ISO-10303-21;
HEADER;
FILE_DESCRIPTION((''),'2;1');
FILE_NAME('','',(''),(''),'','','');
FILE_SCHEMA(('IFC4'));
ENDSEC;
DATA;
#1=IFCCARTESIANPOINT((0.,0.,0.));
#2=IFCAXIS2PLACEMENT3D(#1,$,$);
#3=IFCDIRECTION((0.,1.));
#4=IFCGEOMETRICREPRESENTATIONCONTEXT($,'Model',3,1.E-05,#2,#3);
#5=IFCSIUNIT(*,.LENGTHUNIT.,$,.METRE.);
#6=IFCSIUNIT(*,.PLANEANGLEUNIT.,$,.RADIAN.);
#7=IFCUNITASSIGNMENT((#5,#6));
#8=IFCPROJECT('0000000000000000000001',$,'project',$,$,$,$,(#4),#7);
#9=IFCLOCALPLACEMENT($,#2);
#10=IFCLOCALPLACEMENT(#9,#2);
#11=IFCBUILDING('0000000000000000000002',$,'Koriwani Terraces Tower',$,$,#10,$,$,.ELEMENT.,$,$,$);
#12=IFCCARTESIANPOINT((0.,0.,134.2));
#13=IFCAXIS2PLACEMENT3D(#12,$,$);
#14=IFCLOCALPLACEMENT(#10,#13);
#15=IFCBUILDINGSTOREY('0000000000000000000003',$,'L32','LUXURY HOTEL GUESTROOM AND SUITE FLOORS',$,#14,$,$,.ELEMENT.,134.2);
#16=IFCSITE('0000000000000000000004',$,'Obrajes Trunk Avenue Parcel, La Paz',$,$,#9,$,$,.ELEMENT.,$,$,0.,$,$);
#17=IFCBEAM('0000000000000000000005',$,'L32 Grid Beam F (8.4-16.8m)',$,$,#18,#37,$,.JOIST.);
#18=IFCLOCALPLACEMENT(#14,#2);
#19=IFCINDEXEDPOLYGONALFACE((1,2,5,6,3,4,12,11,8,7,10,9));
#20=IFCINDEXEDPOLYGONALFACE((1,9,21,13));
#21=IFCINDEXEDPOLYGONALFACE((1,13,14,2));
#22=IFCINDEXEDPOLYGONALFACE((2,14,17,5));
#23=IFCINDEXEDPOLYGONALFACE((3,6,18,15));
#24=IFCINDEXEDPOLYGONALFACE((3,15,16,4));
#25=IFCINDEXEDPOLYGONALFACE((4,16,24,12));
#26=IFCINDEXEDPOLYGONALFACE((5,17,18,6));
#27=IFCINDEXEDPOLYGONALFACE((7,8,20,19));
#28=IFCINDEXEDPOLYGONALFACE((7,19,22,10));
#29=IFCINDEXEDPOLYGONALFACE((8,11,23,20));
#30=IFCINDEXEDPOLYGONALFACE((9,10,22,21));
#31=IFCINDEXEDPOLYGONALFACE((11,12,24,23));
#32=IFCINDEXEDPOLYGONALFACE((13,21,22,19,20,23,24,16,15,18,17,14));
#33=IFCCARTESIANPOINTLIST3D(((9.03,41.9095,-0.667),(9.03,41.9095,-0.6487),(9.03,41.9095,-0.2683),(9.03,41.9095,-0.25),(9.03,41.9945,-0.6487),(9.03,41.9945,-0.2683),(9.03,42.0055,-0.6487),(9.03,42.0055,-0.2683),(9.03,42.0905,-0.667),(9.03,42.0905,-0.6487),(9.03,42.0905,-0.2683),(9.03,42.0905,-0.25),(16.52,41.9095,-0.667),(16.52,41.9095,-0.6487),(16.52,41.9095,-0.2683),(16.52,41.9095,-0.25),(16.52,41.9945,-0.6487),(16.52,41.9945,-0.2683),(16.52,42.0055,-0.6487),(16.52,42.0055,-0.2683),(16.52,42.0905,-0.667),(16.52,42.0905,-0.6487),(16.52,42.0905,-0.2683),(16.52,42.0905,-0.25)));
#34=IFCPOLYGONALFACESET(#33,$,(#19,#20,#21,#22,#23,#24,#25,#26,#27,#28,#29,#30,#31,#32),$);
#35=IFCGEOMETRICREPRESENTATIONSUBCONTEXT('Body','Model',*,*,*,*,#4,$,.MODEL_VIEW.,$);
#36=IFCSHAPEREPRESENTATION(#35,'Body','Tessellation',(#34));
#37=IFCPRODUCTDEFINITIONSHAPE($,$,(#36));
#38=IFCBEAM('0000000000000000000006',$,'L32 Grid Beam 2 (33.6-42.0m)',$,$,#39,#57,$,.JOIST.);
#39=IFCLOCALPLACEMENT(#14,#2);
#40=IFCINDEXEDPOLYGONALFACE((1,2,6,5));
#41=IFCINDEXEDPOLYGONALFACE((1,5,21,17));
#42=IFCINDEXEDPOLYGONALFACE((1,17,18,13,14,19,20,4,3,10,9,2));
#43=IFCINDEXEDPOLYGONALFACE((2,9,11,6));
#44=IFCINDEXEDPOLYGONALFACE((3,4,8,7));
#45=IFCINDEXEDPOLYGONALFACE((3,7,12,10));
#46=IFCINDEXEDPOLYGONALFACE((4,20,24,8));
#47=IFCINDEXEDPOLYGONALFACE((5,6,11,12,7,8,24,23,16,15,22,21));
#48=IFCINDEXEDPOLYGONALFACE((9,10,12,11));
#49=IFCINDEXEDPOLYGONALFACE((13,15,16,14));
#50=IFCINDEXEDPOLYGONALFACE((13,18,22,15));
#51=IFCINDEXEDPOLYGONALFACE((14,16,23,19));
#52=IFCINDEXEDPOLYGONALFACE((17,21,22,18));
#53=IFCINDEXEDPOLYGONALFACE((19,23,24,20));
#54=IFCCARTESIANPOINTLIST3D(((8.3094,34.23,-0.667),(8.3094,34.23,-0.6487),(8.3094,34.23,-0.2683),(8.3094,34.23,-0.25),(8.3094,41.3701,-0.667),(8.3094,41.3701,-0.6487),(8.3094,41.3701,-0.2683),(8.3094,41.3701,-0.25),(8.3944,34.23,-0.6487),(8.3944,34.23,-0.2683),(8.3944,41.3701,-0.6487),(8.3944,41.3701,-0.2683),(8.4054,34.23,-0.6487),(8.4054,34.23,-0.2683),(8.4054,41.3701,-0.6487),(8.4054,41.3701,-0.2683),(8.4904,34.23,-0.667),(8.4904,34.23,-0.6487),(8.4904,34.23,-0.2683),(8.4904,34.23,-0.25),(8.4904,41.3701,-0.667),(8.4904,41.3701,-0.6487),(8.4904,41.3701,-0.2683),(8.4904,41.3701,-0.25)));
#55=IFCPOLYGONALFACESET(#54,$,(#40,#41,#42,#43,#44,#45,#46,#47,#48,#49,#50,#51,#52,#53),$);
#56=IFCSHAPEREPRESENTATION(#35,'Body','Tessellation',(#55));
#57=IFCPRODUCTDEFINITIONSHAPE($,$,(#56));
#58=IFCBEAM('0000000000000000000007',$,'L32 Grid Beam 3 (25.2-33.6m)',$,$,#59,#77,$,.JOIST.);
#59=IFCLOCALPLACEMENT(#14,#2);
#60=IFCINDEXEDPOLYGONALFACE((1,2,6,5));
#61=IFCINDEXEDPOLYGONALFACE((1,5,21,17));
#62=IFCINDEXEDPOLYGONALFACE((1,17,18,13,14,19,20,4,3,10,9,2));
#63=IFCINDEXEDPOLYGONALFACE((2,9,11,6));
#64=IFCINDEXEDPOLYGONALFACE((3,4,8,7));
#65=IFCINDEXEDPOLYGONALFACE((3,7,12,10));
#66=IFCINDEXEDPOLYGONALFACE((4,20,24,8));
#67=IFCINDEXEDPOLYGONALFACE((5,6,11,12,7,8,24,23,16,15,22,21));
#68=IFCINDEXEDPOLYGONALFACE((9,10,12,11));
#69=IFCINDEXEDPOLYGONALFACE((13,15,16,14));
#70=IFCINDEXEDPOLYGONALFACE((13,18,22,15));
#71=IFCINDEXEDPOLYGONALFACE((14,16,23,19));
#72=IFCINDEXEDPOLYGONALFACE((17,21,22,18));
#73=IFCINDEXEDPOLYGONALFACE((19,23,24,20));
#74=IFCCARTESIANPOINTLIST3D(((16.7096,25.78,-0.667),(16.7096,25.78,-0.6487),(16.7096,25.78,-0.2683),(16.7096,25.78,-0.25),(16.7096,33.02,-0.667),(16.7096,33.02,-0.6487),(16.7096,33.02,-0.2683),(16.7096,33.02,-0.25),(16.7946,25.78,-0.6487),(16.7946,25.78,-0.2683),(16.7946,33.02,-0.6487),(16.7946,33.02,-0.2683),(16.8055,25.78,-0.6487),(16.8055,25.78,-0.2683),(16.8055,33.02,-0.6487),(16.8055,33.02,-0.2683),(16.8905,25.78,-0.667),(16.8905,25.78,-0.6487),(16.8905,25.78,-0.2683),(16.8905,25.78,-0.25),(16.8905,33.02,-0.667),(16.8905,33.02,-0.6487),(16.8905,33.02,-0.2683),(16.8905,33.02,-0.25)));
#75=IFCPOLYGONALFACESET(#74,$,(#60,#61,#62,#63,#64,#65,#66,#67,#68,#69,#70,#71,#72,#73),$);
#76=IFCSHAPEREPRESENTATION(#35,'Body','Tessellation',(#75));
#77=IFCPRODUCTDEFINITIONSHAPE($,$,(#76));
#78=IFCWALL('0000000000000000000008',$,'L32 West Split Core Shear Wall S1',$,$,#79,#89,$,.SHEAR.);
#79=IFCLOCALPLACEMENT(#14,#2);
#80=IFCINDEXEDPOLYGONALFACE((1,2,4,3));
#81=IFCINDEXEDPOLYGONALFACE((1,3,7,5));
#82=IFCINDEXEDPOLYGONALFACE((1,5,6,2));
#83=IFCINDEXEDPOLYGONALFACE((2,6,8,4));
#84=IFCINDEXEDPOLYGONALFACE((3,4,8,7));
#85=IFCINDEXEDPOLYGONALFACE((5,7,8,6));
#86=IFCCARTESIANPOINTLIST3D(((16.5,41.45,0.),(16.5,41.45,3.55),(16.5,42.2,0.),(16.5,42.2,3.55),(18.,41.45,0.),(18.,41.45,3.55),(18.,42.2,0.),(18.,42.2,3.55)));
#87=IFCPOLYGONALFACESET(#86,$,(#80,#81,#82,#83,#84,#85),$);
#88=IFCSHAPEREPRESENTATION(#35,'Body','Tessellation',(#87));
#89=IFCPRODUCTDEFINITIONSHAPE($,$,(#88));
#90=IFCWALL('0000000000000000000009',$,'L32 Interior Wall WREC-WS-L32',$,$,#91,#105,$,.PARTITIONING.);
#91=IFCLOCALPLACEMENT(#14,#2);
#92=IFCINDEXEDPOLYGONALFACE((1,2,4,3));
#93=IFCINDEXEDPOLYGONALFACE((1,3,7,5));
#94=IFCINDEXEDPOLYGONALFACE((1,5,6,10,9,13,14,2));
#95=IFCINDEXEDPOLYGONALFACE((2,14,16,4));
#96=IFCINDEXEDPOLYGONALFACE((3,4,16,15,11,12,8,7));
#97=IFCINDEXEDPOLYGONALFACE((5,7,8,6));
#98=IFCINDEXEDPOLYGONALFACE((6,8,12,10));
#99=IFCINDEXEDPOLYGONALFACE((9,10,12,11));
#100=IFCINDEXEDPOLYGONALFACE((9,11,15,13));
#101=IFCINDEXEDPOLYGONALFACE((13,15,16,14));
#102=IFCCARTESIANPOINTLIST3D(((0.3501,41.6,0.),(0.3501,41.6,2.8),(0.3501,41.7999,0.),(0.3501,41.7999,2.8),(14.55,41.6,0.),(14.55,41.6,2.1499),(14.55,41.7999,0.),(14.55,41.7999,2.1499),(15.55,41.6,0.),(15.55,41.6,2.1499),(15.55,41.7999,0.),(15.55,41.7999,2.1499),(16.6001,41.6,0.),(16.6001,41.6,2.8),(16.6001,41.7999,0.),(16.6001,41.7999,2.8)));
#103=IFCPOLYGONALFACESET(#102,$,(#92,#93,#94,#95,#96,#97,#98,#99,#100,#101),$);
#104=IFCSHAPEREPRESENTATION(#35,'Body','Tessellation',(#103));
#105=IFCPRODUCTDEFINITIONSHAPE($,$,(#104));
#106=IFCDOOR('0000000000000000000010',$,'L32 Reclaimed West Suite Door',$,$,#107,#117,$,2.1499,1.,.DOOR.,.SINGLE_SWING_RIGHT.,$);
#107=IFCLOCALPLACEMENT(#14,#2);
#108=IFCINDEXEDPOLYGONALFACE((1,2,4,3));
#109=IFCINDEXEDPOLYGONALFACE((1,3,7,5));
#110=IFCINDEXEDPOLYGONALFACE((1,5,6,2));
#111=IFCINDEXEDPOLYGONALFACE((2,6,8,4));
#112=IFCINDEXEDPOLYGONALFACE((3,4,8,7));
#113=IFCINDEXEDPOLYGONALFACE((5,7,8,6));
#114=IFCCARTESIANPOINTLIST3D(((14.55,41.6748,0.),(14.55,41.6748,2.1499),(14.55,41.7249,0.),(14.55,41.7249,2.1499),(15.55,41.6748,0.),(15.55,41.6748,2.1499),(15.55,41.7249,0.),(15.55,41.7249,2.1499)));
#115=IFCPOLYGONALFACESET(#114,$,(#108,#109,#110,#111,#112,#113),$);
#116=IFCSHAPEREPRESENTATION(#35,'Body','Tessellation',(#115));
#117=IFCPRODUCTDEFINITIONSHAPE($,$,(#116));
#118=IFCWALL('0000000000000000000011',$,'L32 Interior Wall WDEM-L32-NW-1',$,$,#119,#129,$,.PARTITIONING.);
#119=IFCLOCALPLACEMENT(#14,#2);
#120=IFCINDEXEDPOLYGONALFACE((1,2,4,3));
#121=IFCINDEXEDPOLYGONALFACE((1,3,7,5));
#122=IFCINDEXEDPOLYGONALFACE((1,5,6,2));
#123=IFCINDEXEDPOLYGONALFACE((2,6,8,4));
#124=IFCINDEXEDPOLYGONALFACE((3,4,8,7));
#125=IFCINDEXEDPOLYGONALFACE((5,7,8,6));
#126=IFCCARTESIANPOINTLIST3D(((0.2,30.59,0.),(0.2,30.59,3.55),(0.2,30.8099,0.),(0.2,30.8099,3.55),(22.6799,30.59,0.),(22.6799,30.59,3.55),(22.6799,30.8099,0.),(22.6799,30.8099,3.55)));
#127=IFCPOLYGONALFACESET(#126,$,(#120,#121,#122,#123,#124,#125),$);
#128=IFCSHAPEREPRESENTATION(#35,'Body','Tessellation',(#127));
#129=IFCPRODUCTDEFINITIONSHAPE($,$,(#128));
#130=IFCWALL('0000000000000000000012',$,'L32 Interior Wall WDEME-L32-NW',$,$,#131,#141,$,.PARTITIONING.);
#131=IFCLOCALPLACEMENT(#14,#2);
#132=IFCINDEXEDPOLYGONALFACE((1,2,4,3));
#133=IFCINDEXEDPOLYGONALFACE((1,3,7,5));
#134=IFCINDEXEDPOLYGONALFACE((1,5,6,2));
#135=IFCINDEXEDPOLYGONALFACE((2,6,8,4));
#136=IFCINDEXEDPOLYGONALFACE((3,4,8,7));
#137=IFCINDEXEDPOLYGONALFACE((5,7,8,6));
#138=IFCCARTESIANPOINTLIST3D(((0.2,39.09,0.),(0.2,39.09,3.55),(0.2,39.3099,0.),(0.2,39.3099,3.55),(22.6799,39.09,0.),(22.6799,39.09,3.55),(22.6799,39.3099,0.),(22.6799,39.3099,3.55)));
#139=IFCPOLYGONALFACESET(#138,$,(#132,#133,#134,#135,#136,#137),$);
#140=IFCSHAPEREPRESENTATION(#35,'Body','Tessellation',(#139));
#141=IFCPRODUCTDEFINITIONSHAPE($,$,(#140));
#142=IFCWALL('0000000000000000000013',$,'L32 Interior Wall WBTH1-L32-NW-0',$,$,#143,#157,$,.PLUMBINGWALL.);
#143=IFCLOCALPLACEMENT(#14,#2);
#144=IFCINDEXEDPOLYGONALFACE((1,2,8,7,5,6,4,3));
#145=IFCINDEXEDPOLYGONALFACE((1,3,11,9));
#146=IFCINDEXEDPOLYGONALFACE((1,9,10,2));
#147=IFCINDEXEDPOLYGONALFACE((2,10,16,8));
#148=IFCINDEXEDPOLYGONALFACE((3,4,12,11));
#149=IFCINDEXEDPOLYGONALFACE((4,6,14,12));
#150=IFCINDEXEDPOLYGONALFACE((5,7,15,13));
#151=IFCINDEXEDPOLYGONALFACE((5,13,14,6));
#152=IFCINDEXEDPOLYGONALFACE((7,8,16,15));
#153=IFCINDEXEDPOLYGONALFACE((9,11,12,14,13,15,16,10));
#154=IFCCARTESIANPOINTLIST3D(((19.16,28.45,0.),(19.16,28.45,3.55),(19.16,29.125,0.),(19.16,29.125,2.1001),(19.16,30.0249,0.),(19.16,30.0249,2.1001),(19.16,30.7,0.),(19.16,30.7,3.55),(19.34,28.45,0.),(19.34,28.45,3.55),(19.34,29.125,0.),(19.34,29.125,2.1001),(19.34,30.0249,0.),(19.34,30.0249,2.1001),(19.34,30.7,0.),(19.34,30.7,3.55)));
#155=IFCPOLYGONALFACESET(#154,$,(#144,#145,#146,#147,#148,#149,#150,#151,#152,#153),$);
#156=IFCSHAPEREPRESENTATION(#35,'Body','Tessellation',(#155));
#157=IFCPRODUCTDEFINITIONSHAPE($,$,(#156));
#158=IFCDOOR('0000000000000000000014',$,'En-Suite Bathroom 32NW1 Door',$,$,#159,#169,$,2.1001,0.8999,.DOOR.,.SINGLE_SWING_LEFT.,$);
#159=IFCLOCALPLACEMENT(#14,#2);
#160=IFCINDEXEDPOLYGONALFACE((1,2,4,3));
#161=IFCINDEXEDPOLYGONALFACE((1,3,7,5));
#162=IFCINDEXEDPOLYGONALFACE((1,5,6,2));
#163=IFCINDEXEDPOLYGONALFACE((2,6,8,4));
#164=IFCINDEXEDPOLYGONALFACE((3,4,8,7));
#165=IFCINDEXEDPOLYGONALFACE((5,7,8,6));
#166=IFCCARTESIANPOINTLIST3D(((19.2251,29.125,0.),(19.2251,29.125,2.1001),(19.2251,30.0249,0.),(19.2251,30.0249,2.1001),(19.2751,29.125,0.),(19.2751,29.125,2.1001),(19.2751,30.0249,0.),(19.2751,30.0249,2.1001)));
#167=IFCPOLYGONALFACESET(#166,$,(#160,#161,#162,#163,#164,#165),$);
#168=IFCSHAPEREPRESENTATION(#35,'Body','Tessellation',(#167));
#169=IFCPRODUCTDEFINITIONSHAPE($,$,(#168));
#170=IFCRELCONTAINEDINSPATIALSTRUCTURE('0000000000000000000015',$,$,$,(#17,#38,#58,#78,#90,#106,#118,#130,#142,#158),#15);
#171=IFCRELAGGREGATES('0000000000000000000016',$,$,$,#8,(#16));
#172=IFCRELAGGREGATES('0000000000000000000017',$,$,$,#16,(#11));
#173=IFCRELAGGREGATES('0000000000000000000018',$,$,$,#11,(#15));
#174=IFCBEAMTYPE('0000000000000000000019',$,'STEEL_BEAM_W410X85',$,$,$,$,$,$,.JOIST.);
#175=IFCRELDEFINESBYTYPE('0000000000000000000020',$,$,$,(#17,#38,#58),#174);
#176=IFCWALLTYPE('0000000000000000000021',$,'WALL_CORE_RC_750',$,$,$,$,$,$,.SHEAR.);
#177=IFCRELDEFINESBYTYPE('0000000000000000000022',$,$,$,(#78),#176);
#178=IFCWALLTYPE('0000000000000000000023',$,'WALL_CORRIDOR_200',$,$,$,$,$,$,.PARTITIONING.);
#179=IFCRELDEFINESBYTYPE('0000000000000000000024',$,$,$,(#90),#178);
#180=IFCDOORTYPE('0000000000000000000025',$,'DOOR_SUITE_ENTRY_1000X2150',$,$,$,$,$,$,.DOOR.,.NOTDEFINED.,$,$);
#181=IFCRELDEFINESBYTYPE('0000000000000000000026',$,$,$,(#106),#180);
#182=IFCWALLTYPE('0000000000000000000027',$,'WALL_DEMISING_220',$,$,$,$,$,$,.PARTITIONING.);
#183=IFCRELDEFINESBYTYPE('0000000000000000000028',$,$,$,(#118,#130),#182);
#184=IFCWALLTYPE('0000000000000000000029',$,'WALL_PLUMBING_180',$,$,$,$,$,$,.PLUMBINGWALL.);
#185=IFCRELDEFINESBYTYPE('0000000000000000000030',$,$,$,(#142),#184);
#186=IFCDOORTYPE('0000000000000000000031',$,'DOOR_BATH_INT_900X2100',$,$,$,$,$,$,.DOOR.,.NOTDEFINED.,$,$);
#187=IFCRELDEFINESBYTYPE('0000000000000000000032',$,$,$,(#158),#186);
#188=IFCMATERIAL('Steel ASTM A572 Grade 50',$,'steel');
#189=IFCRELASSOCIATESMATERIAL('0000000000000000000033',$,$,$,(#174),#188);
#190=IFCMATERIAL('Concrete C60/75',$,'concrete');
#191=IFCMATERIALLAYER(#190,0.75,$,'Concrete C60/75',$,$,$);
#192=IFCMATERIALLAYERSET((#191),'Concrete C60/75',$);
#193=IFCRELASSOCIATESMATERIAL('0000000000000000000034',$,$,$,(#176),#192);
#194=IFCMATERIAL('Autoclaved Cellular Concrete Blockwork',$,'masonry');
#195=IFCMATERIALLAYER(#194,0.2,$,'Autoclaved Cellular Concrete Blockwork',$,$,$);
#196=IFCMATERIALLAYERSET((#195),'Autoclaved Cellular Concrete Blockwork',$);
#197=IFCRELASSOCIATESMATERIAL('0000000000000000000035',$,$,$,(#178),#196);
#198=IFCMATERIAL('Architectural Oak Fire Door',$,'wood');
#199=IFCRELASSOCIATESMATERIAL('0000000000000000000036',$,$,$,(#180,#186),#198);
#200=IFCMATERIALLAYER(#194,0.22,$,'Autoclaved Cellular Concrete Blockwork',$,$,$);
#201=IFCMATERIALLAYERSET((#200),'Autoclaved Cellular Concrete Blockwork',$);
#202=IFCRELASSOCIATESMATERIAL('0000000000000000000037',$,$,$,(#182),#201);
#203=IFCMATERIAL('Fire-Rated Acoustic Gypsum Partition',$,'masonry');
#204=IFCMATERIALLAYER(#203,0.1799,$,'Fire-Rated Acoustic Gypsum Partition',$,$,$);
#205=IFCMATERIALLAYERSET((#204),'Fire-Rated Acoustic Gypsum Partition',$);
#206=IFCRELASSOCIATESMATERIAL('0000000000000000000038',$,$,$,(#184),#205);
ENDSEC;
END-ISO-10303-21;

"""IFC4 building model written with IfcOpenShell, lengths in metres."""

from ifc_helpers import new_model, si_unit, direction, frame, frame_2d, origin, origin_2d, place, context, subcontext, project, spatial, rectangle, i_section, extrude, material, layer, layer_set, material_profile, profile_set, type_object, element, fill, save


model = new_model("IFC4")

# Units and contexts
model_context = context("Model", 3, precision=1e-05, world=origin(), true_north=direction((0.0, 1.0)))
body_context = subcontext(model_context, "Body", "Model", "MODEL_VIEW")
ifc_project = project(units=[si_unit("LENGTHUNIT", "METRE"), si_unit("PLANEANGLEUNIT", "RADIAN")], contexts=[model_context])

# Site, building, storey
site_placement = place(None, origin())
site = spatial("IfcSite", under=ifc_project, at=site_placement, Name="Obrajes Trunk Avenue Parcel, La Paz", CompositionType="ELEMENT", RefElevation=0.0)
building_placement = place(site_placement, origin())
building = spatial("IfcBuilding", under=site, at=building_placement, Name="Koriwani Terraces Tower", CompositionType="ELEMENT")
storey_placement = place(building_placement, frame((0.0, 0.0, 134.2)))
storey = spatial("IfcBuildingStorey", under=building, at=storey_placement, Name="L32", Description="LUXURY HOTEL GUESTROOM AND SUITE FLOORS", CompositionType="ELEMENT", Elevation=134.2)

# Shared definitions
ifc_material_1 = material(Name="Concrete C60/75", Category="concrete")

# Beams
ifc_material_2 = material(Name="Steel ASTM A572 Grade 50", Category="steel")
ifc_material_profile_1 = material_profile(ifc_material_2, i_section(OverallWidth=0.1809, OverallDepth=0.417, WebThickness=0.011, FlangeThickness=0.0183, at=origin_2d()), Name="Steel ASTM A572 Grade 50", Category="LoadBearing")
ifc_profile_set_1 = profile_set([ifc_material_profile_1], Name="Steel ASTM A572 Grade 50")
beam_type_1 = type_object("IfcBeamType", Name="STEEL_BEAM_W410X85", PredefinedType="JOIST", material=ifc_profile_set_1)
beam_1_placement = place(storey_placement, frame((9.03, 42.0, -0.4585), z_axis=(1.0, 0.0, 0.0), x_axis=(0.0, 1.0, 0.0)))
element("IfcBeam", 1, at=beam_1_placement, inside=storey, type_object=beam_type_1, Name="L32 Grid Beam F (8.4-16.8m)", PredefinedType="JOIST", context=body_context, shape_type="SweptSolid", body=[
    extrude(i_section(OverallWidth=0.1809, OverallDepth=0.417, WebThickness=0.011, FlangeThickness=0.0183, at=origin_2d()), origin(), (0.0, 0.0, 1.0), 7.49),
])
beam_2_placement = place(storey_placement, frame((8.3999, 34.23, -0.4585), z_axis=(0.0, 1.0, 0.0), x_axis=(-1.0, 0.0, 0.0)))
element("IfcBeam", 2, at=beam_2_placement, inside=storey, type_object=beam_type_1, Name="L32 Grid Beam 2 (33.6-42.0m)", PredefinedType="JOIST", context=body_context, shape_type="SweptSolid", body=[
    extrude(i_section(OverallWidth=0.1809, OverallDepth=0.417, WebThickness=0.011, FlangeThickness=0.0183, at=origin_2d()), origin(), (0.0, 0.0, 1.0), 7.1401),
])
beam_3_placement = place(storey_placement, frame((16.8, 25.78, -0.4585), z_axis=(0.0, 1.0, 0.0), x_axis=(-1.0, 0.0, 0.0)))
element("IfcBeam", 3, at=beam_3_placement, inside=storey, type_object=beam_type_1, Name="L32 Grid Beam 3 (25.2-33.6m)", PredefinedType="JOIST", context=body_context, shape_type="SweptSolid", body=[
    extrude(i_section(OverallWidth=0.1809, OverallDepth=0.417, WebThickness=0.011, FlangeThickness=0.0183, at=origin_2d()), origin(), (0.0, 0.0, 1.0), 7.24),
])

# Wall
ifc_layer_1 = layer(ifc_material_1, 0.75, Name="Concrete C60/75")
ifc_layer_set_1 = layer_set([ifc_layer_1], Name="Concrete C60/75")
wall_type_1 = type_object("IfcWallType", Name="WALL_CORE_RC_750", PredefinedType="SHEAR", material=ifc_layer_set_1)
wall_1_placement = place(storey_placement, frame((16.5, 41.825, 0.0), z_axis=(0.0, 0.0, 1.0), x_axis=(1.0, 0.0, 0.0)))
element("IfcWall", 4, at=wall_1_placement, inside=storey, type_object=wall_type_1, Name="L32 West Split Core Shear Wall S1", PredefinedType="SHEAR", context=body_context, shape_type="SweptSolid", body=[
    extrude(rectangle(XDim=1.5, YDim=0.75, at=frame_2d((0.75, 0.0))), origin(), (0.0, 0.0, 1.0), 3.55),
])

# Wall, opening, door
ifc_material_3 = material(Name="Autoclaved Cellular Concrete Blockwork", Category="masonry")
ifc_layer_2 = layer(ifc_material_3, 0.2, Name="Autoclaved Cellular Concrete Blockwork")
ifc_layer_set_2 = layer_set([ifc_layer_2], Name="Autoclaved Cellular Concrete Blockwork")
wall_type_2 = type_object("IfcWallType", Name="WALL_CORRIDOR_200", PredefinedType="PARTITIONING", material=ifc_layer_set_2)
wall_2_placement = place(storey_placement, frame((0.3501, 41.7, 0.0), z_axis=(0.0, 0.0, 1.0), x_axis=(1.0, 0.0, 0.0)))
wall_2 = element("IfcWall", 5, at=wall_2_placement, inside=storey, type_object=wall_type_2, Name="L32 Interior Wall WREC-WS-L32", PredefinedType="PARTITIONING", context=body_context, shape_type="SweptSolid", body=[
    extrude(rectangle(XDim=16.25, YDim=0.2, at=frame_2d((8.125, 0.0))), origin(), (0.0, 0.0, 1.0), 2.8),
])
opening_1_placement = place(wall_2_placement, frame((14.2, 0.0, 0.0)))
opening_1 = element("IfcOpeningElement", 6, at=opening_1_placement, cuts=wall_2, PredefinedType="OPENING", context=body_context, shape_type="SweptSolid", body=[
    extrude(rectangle(XDim=1.0, YDim=2.1499, at=frame_2d((0.5, 1.075))), frame((0.0, 0.1099, 0.0), z_axis=(0.0, -1.0, 0.0), x_axis=(1.0, 0.0, 0.0)), (0.0, 0.0, 1.0), 0.22),
])
ifc_material_4 = material(Name="Architectural Oak Fire Door", Category="wood")
door_type_1 = type_object("IfcDoorType", Name="DOOR_SUITE_ENTRY_1000X2150", OperationType="NOTDEFINED", PredefinedType="DOOR", material=ifc_material_4)
door_1_placement = place(opening_1_placement, origin())
door_1 = element("IfcDoor", 7, at=door_1_placement, inside=storey, type_object=door_type_1, Name="L32 Reclaimed West Suite Door", OperationType="SINGLE_SWING_RIGHT", OverallHeight=2.1499, OverallWidth=1.0, PredefinedType="DOOR", context=body_context, shape_type="SweptSolid", body=[
    extrude(rectangle(XDim=1.0, YDim=2.1499, at=frame_2d((0.5, 1.075))), frame((0.0, 0.0249, 0.0), z_axis=(0.0, -1.0, 0.0), x_axis=(1.0, 0.0, 0.0)), (0.0, 0.0, 1.0), 0.05),
])
fill(opening_1, door_1)

# Walls
ifc_layer_3 = layer(ifc_material_3, 0.22, Name="Autoclaved Cellular Concrete Blockwork")
ifc_layer_set_3 = layer_set([ifc_layer_3], Name="Autoclaved Cellular Concrete Blockwork")
wall_type_3 = type_object("IfcWallType", Name="WALL_DEMISING_220", PredefinedType="PARTITIONING", material=ifc_layer_set_3)
for number, where, z_axis, x_axis, name in (
    (8, (0.2, 30.7, 0.0), (0.0, 0.0, 1.0), (1.0, 0.0, 0.0), "L32 Interior Wall WDEM-L32-NW-1"),
    (9, (0.2, 39.2, 0.0), (0.0, 0.0, 1.0), (1.0, 0.0, 0.0), "L32 Interior Wall WDEME-L32-NW"),
):
    element("IfcWall", number, at=place(storey_placement, frame(where, z_axis=z_axis, x_axis=x_axis)), inside=storey, type_object=wall_type_3, Name=name, PredefinedType="PARTITIONING", context=body_context, shape_type="SweptSolid", body=[
        extrude(rectangle(XDim=22.48, YDim=0.22, at=frame_2d((11.24, 0.0))), origin(), (0.0, 0.0, 1.0), 3.55),
    ])

# Wall, opening, door
ifc_material_5 = material(Name="Fire-Rated Acoustic Gypsum Partition", Category="masonry")
ifc_layer_4 = layer(ifc_material_5, 0.1799, Name="Fire-Rated Acoustic Gypsum Partition")
ifc_layer_set_4 = layer_set([ifc_layer_4], Name="Fire-Rated Acoustic Gypsum Partition")
wall_type_4 = type_object("IfcWallType", Name="WALL_PLUMBING_180", PredefinedType="PLUMBINGWALL", material=ifc_layer_set_4)
wall_3_placement = place(storey_placement, frame((19.25, 28.45, 0.0), z_axis=(0.0, 0.0, 1.0), x_axis=(0.0, 1.0, 0.0)))
wall_3 = element("IfcWall", 10, at=wall_3_placement, inside=storey, type_object=wall_type_4, Name="L32 Interior Wall WBTH1-L32-NW-0", PredefinedType="PLUMBINGWALL", context=body_context, shape_type="SweptSolid", body=[
    extrude(rectangle(XDim=2.25, YDim=0.1799, at=frame_2d((1.125, 0.0))), origin(), (0.0, 0.0, 1.0), 3.55),
])
opening_2_placement = place(wall_3_placement, frame((0.675, 0.0, 0.0)))
opening_2 = element("IfcOpeningElement", 11, at=opening_2_placement, cuts=wall_3, PredefinedType="OPENING", context=body_context, shape_type="SweptSolid", body=[
    extrude(rectangle(XDim=0.8999, YDim=2.1001, at=frame_2d((0.45, 1.05))), frame((0.0, 0.1001, 0.0), z_axis=(0.0, -1.0, 0.0), x_axis=(1.0, 0.0, 0.0)), (0.0, 0.0, 1.0), 0.2),
])
door_type_2 = type_object("IfcDoorType", Name="DOOR_BATH_INT_900X2100", OperationType="NOTDEFINED", PredefinedType="DOOR", material=ifc_material_4)
door_2_placement = place(opening_2_placement, origin())
door_2 = element("IfcDoor", 12, at=door_2_placement, inside=storey, type_object=door_type_2, Name="En-Suite Bathroom 32NW1 Door", OperationType="SINGLE_SWING_LEFT", OverallHeight=2.1001, OverallWidth=0.8999, PredefinedType="DOOR", context=body_context, shape_type="SweptSolid", body=[
    extrude(rectangle(XDim=0.8999, YDim=2.1001, at=frame_2d((0.45, 1.05))), frame((0.0, 0.0249, 0.0), z_axis=(0.0, -1.0, 0.0), x_axis=(1.0, 0.0, 0.0)), (0.0, 0.0, 1.0), 0.05),
])
fill(opening_2, door_2)

save(model, "model.ifc")
